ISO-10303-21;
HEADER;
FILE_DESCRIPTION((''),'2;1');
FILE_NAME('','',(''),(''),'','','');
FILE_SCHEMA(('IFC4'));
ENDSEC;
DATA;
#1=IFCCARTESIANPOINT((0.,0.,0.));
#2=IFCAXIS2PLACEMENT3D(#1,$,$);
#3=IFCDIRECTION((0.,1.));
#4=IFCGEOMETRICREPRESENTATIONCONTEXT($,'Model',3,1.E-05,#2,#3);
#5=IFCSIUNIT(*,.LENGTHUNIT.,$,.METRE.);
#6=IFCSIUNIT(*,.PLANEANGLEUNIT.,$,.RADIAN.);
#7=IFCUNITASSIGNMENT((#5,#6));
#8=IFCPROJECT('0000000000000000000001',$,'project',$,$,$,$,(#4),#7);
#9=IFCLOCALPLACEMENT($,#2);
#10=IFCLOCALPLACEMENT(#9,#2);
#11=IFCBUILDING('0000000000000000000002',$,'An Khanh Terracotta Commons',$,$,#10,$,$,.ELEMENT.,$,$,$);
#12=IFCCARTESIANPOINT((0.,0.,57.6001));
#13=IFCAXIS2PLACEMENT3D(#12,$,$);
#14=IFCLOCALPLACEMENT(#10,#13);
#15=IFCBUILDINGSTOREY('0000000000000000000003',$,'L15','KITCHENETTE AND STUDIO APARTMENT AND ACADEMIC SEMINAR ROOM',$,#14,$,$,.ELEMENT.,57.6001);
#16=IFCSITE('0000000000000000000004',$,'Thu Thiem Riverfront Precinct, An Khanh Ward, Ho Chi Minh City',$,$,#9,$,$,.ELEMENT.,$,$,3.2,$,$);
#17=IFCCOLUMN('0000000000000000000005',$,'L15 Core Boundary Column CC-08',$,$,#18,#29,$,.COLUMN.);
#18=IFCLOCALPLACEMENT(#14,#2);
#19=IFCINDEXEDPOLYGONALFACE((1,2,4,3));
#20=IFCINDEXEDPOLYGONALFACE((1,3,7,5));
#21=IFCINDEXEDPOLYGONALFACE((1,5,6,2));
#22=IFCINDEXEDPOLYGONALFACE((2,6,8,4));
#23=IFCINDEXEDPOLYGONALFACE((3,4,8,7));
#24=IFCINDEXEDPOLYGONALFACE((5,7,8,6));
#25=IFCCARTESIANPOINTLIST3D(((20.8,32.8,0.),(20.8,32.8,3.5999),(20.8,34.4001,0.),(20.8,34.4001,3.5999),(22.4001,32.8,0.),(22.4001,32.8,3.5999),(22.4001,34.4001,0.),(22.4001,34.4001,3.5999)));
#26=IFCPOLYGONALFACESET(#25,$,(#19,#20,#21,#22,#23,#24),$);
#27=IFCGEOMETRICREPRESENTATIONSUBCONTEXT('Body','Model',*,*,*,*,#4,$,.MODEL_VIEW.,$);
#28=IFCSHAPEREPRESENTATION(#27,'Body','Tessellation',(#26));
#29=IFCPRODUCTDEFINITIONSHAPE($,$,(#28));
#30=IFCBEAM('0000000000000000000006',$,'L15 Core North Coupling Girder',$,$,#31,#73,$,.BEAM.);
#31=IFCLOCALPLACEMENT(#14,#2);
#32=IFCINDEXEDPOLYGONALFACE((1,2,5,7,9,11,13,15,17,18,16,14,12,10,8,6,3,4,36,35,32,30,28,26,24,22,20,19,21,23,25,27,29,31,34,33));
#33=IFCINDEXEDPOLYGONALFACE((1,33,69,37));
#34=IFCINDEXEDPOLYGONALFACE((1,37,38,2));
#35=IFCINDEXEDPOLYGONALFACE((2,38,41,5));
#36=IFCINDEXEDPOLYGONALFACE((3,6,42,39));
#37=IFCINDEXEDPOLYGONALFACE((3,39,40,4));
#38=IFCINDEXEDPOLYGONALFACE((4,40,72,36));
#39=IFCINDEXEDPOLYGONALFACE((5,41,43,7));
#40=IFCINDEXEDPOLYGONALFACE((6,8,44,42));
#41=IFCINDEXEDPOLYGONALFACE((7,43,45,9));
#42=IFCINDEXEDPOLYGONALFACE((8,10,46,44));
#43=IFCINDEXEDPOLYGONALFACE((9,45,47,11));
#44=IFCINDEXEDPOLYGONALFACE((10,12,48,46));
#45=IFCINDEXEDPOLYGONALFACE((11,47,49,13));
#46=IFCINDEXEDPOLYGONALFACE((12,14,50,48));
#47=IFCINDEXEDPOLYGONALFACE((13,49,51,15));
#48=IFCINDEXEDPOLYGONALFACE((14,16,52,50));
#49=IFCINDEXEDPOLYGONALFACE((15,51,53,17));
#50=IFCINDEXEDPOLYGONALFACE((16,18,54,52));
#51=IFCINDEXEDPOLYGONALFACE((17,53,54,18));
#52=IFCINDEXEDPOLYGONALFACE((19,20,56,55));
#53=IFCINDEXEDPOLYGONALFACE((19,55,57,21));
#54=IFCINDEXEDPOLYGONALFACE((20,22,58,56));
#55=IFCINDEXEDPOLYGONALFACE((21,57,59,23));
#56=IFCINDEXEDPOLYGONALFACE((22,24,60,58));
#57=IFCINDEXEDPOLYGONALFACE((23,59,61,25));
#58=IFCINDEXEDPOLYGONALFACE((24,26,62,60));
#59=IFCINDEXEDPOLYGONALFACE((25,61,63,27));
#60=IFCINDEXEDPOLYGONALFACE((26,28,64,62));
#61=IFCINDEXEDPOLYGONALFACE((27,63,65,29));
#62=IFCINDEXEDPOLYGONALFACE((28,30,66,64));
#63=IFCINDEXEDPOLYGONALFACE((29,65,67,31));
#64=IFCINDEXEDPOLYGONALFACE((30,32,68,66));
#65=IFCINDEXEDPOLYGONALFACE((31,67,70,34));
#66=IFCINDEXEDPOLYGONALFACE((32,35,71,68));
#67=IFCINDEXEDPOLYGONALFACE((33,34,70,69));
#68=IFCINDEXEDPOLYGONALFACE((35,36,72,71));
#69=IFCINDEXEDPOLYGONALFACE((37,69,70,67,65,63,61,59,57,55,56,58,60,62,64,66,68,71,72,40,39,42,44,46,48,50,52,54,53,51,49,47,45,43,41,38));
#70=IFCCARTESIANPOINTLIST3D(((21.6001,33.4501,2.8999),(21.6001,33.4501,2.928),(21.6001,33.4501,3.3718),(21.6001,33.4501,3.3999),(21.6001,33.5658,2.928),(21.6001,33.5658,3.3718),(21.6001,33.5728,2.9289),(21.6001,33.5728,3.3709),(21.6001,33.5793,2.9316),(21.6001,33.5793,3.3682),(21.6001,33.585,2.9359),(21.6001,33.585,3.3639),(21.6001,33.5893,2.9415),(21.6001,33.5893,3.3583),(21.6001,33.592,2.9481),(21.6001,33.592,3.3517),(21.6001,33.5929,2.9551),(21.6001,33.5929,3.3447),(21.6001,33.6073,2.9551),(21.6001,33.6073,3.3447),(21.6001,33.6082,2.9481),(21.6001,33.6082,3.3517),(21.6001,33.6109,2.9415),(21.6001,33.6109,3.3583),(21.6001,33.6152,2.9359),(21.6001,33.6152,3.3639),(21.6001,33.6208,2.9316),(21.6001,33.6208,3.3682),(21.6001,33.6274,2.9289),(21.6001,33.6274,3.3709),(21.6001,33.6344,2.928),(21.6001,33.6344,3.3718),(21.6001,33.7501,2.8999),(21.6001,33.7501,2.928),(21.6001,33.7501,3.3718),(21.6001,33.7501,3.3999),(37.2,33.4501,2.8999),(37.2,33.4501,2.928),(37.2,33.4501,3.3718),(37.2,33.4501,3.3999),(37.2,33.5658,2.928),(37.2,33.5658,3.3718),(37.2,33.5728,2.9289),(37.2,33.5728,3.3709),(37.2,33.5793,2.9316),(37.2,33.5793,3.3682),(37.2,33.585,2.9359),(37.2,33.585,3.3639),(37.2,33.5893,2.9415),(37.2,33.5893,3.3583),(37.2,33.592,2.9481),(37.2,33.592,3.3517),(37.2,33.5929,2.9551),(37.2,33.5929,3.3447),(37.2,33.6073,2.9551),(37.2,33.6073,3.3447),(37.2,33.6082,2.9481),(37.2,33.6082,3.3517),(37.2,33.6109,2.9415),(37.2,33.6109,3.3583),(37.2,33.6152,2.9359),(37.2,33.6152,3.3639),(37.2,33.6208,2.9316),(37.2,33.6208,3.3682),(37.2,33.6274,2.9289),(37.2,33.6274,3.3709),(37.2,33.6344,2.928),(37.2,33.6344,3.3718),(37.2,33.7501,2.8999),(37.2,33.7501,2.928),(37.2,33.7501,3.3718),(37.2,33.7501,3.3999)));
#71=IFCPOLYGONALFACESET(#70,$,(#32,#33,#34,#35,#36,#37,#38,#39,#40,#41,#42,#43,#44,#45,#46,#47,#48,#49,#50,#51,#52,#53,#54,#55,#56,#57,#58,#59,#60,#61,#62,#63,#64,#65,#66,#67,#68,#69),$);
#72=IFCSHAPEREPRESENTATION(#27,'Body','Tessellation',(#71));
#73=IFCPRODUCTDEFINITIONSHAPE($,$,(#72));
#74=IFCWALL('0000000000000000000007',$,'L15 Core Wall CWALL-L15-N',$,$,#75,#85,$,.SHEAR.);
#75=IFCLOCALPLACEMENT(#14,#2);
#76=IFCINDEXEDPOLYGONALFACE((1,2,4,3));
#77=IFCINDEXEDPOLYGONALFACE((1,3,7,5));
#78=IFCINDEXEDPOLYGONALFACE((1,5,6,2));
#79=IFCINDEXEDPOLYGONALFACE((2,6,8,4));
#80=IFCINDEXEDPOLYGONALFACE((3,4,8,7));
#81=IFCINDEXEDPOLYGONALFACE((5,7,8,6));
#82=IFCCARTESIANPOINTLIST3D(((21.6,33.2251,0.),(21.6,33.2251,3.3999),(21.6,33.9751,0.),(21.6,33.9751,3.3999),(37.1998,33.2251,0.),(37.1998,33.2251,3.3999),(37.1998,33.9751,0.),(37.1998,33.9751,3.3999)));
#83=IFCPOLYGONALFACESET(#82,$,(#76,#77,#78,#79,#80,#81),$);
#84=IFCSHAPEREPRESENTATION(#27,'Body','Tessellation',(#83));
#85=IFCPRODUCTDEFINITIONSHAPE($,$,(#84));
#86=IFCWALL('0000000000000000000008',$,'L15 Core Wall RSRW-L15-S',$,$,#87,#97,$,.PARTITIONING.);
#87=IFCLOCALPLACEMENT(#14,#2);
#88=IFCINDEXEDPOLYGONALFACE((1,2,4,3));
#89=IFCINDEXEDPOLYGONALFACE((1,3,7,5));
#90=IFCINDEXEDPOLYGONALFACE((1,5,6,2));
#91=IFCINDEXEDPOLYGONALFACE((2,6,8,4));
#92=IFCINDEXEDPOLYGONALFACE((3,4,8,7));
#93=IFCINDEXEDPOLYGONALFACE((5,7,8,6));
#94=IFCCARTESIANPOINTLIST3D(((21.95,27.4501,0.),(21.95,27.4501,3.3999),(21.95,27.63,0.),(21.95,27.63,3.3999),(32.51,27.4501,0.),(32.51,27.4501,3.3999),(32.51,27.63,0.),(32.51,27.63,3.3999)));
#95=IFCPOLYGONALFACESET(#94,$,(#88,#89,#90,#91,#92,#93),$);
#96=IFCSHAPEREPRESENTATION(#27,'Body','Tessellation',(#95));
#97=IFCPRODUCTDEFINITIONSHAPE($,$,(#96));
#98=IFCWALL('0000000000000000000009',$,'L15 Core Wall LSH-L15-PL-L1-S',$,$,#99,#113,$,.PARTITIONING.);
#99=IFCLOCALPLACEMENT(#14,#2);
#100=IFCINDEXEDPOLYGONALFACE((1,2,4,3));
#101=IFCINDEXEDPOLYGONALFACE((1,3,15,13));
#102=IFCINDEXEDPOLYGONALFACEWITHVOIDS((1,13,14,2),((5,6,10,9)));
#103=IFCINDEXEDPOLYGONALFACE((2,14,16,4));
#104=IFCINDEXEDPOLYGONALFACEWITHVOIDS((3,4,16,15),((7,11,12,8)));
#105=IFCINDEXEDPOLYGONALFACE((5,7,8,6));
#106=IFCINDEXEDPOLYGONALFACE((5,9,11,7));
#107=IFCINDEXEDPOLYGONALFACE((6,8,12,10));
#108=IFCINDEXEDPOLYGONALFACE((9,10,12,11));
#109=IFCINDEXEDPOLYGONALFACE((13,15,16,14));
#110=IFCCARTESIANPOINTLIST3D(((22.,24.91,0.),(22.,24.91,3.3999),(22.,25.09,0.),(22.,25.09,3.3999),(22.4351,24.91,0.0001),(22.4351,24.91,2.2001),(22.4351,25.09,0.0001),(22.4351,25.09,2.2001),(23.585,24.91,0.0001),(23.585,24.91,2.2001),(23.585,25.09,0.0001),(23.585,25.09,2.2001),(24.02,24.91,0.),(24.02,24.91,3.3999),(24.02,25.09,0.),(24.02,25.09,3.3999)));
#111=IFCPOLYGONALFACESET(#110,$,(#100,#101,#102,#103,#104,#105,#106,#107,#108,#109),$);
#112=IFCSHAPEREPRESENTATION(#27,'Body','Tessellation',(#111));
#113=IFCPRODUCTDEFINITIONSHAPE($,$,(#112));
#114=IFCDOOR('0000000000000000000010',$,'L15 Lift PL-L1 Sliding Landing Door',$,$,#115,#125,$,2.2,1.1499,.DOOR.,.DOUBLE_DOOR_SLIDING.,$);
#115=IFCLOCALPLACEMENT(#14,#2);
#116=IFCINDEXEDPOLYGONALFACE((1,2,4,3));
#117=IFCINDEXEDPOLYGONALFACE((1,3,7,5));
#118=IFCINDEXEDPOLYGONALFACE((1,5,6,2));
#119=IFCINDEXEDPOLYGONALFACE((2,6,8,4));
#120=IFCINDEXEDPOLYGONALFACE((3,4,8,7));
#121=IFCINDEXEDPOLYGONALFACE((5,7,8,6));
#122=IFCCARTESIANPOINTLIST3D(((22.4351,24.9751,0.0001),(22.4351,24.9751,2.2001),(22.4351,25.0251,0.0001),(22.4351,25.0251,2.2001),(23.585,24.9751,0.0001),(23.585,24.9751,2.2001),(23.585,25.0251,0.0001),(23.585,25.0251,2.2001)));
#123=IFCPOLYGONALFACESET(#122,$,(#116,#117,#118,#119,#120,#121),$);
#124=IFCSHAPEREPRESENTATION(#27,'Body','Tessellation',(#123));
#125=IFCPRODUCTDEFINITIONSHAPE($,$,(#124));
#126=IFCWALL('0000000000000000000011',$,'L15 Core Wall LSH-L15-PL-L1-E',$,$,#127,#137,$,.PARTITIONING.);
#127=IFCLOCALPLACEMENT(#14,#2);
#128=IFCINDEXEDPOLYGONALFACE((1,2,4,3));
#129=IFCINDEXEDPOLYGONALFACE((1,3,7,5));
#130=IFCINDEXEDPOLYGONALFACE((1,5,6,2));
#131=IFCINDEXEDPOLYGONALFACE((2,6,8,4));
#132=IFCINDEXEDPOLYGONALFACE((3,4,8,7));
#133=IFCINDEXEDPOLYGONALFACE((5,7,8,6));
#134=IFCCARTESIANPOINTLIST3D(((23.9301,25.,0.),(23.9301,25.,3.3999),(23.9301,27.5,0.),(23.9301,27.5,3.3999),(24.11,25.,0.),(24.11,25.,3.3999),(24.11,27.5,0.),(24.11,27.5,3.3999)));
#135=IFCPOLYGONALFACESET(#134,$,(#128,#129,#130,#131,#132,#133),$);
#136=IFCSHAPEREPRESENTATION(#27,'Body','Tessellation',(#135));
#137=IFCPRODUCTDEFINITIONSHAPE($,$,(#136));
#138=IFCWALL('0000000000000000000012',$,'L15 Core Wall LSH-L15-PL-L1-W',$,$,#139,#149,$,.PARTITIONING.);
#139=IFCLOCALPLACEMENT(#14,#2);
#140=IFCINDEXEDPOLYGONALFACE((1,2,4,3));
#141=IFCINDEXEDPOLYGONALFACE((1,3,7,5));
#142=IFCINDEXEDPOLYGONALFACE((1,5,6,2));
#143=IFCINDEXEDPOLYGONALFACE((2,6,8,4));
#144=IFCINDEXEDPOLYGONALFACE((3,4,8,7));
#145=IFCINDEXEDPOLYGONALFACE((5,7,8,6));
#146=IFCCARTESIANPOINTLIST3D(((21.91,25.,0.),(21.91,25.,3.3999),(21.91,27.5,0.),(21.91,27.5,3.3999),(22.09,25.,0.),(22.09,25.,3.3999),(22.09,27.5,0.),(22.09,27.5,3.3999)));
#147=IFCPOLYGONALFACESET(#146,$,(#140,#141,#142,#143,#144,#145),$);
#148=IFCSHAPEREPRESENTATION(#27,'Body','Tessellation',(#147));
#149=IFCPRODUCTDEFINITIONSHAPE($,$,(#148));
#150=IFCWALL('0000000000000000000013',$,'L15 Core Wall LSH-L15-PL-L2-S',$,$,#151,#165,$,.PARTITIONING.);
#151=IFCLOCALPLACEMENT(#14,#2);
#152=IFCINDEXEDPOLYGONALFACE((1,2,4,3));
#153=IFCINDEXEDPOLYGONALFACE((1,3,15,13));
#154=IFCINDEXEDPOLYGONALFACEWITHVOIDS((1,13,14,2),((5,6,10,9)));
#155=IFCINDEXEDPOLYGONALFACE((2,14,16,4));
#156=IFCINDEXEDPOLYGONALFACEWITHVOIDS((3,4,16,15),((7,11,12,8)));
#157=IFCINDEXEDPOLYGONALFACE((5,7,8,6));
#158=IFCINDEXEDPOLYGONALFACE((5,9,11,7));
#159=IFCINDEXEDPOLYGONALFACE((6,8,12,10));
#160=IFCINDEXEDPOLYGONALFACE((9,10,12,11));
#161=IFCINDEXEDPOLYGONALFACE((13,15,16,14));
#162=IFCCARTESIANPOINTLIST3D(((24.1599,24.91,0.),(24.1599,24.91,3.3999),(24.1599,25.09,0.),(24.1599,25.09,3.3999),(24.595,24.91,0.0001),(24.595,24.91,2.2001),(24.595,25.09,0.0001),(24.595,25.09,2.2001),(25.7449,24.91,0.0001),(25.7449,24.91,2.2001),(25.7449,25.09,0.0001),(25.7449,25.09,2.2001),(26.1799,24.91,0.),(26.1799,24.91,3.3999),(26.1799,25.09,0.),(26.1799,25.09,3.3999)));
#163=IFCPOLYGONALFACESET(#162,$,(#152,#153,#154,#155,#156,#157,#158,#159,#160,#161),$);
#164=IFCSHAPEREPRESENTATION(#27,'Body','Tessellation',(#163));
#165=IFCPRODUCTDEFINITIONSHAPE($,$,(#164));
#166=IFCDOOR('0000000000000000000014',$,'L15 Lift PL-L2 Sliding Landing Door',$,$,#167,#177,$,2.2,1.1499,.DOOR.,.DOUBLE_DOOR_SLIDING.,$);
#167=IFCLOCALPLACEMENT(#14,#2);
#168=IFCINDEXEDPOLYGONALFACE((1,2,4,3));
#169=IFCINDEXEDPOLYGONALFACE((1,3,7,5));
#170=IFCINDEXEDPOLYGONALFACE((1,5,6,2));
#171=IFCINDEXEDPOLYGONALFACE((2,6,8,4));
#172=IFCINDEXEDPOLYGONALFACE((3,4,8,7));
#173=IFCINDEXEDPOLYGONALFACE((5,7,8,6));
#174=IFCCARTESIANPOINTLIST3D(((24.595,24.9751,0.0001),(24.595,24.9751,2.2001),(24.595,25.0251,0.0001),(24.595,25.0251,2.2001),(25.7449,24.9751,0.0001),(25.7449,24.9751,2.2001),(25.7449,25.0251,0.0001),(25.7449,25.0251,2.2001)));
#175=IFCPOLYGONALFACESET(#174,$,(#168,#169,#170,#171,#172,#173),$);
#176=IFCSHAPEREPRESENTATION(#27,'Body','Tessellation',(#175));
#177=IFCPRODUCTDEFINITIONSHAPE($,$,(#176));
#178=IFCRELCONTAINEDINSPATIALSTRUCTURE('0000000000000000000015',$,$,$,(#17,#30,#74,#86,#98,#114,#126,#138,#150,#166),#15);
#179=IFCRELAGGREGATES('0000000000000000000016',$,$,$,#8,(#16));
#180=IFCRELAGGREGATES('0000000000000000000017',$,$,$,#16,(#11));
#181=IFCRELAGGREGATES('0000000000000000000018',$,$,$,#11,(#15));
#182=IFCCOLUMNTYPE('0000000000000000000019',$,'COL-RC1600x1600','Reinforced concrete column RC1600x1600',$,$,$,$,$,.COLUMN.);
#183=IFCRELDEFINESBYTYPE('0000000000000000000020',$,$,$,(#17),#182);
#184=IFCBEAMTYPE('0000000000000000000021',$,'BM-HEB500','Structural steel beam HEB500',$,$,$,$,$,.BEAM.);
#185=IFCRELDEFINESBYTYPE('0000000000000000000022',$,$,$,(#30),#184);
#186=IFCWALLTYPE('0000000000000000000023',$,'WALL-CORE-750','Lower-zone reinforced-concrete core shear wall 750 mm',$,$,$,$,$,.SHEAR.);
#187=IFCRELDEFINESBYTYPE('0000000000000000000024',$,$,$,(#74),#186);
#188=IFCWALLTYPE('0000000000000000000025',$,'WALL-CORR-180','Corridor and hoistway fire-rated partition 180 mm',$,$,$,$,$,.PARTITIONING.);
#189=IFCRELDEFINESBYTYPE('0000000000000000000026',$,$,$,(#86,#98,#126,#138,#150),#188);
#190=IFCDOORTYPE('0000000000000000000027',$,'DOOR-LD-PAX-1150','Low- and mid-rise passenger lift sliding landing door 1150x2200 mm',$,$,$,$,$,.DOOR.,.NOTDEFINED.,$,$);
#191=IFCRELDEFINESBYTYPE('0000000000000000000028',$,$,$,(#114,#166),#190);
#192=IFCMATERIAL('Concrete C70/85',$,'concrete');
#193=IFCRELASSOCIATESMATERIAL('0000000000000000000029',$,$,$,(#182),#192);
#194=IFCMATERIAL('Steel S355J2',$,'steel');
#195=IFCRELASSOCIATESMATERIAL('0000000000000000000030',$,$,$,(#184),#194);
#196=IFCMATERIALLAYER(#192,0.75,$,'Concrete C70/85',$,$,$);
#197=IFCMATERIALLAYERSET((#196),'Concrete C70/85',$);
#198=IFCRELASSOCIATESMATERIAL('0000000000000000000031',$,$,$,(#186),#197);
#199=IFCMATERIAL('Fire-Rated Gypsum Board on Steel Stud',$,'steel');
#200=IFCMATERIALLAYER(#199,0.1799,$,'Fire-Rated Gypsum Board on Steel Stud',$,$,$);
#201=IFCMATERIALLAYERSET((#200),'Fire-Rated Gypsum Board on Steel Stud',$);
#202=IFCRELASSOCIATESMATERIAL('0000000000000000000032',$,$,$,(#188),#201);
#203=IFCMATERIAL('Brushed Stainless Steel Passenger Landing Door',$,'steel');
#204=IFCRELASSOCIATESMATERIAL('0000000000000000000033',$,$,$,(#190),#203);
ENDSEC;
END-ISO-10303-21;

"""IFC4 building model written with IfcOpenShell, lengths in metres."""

from ifc_helpers import new_model, si_unit, direction, frame, frame_2d, origin, origin_2d, place, context, subcontext, project, spatial, rectangle, i_section, extrude, material, layer, layer_set, material_profile, profile_set, type_object, element, fill, save


model = new_model("IFC4")

# Units and contexts
model_context = context("Model", 3, precision=1e-05, world=origin(), true_north=direction((0.0, 1.0)))
body_context = subcontext(model_context, "Body", "Model", "MODEL_VIEW")
ifc_project = project(units=[si_unit("LENGTHUNIT", "METRE"), si_unit("PLANEANGLEUNIT", "RADIAN")], contexts=[model_context])

# Site, building, storey
site_placement = place(None, origin())
site = spatial("IfcSite", under=ifc_project, at=site_placement, Name="Thu Thiem Riverfront Precinct, An Khanh Ward, Ho Chi Minh City", CompositionType="ELEMENT", RefElevation=3.2)
building_placement = place(site_placement, origin())
building = spatial("IfcBuilding", under=site, at=building_placement, Name="An Khanh Terracotta Commons", CompositionType="ELEMENT")
storey_placement = place(building_placement, frame((0.0, 0.0, 57.6001)))
storey = spatial("IfcBuildingStorey", under=building, at=storey_placement, Name="L15", Description="KITCHENETTE AND STUDIO APARTMENT AND ACADEMIC SEMINAR ROOM", CompositionType="ELEMENT", Elevation=57.6001)

# Column
ifc_material_1 = material(Name="Concrete C70/85", Category="concrete")
ifc_material_profile_1 = material_profile(ifc_material_1, rectangle(XDim=1.6001, YDim=1.6001, at=origin_2d()), Name="RC1600x1600")
ifc_profile_set_1 = profile_set([ifc_material_profile_1], Name="Concrete C70/85")
column_type = type_object("IfcColumnType", Name="COL-RC1600x1600", Description="Reinforced concrete column RC1600x1600", PredefinedType="COLUMN", material=ifc_profile_set_1)
column_placement = place(storey_placement, frame((21.6001, 33.6001, 0.0), z_axis=(0.0, 0.0, 1.0), x_axis=(1.0, 0.0, 0.0)))
element("IfcColumn", 1, at=column_placement, inside=storey, type_object=column_type, Name="L15 Core Boundary Column CC-08", PredefinedType="COLUMN", context=body_context, shape_type="SweptSolid", body=[
    extrude(rectangle(XDim=1.6001, YDim=1.6001, at=origin_2d()), origin(), (0.0, 0.0, 1.0), 3.5999),
])

# Beam
ifc_material_2 = material(Name="Steel S355J2", Category="steel")
ifc_material_profile_2 = material_profile(ifc_material_2, i_section(OverallWidth=0.3, OverallDepth=0.5, WebThickness=0.0144, FlangeThickness=0.0281, FilletRadius=0.0271, at=origin_2d()), Name="HEB500")
ifc_profile_set_2 = profile_set([ifc_material_profile_2], Name="Steel S355J2")
beam_type = type_object("IfcBeamType", Name="BM-HEB500", Description="Structural steel beam HEB500", PredefinedType="BEAM", material=ifc_profile_set_2)
beam_placement = place(storey_placement, frame((21.6001, 33.6001, 3.1499), z_axis=(1.0, 0.0, 0.0), x_axis=(0.0, 1.0, 0.0)))
element("IfcBeam", 2, at=beam_placement, inside=storey, type_object=beam_type, Name="L15 Core North Coupling Girder", PredefinedType="BEAM", context=body_context, shape_type="SweptSolid", body=[
    extrude(i_section(OverallWidth=0.3, OverallDepth=0.5, WebThickness=0.0144, FlangeThickness=0.0281, FilletRadius=0.0271, at=origin_2d()), origin(), (0.0, 0.0, 1.0), 15.5999),
])

# Walls
ifc_layer_1 = layer(ifc_material_1, 0.75, Name="Concrete C70/85")
ifc_layer_set_1 = layer_set([ifc_layer_1], Name="Concrete C70/85")
wall_type_1 = type_object("IfcWallType", Name="WALL-CORE-750", Description="Lower-zone reinforced-concrete core shear wall 750 mm", PredefinedType="SHEAR", material=ifc_layer_set_1)
wall_1_placement = place(storey_placement, frame((21.6001, 33.6001, 0.0), z_axis=(0.0, 0.0, 1.0), x_axis=(1.0, 0.0, 0.0)))
element("IfcWall", 3, at=wall_1_placement, inside=storey, type_object=wall_type_1, Name="L15 Core Wall CWALL-L15-N", PredefinedType="SHEAR", context=body_context, shape_type="SweptSolid", body=[
    extrude(rectangle(XDim=15.5999, YDim=0.75, at=frame_2d((7.7998, 0.0))), origin(), (0.0, 0.0, 1.0), 3.3999),
])
ifc_material_3 = material(Name="Fire-Rated Gypsum Board on Steel Stud", Category="steel")
ifc_layer_2 = layer(ifc_material_3, 0.1799, Name="Fire-Rated Gypsum Board on Steel Stud")
ifc_layer_set_2 = layer_set([ifc_layer_2], Name="Fire-Rated Gypsum Board on Steel Stud")
wall_type_2 = type_object("IfcWallType", Name="WALL-CORR-180", Description="Corridor and hoistway fire-rated partition 180 mm", PredefinedType="PARTITIONING", material=ifc_layer_set_2)
wall_2_placement = place(storey_placement, frame((21.95, 27.54, 0.0), z_axis=(0.0, 0.0, 1.0), x_axis=(1.0, 0.0, 0.0)))
element("IfcWall", 4, at=wall_2_placement, inside=storey, type_object=wall_type_2, Name="L15 Core Wall RSRW-L15-S", PredefinedType="PARTITIONING", context=body_context, shape_type="SweptSolid", body=[
    extrude(rectangle(XDim=10.5601, YDim=0.1799, at=frame_2d((5.28, 0.0))), origin(), (0.0, 0.0, 1.0), 3.3999),
])

# Wall, opening, door
wall_3_placement = place(storey_placement, frame((24.02, 25.0, 0.0), z_axis=(0.0, 0.0, 1.0), x_axis=(-1.0, 0.0, 0.0)))
wall_3 = element("IfcWall", 5, at=wall_3_placement, inside=storey, type_object=wall_type_2, Name="L15 Core Wall LSH-L15-PL-L1-S", PredefinedType="PARTITIONING", context=body_context, shape_type="SweptSolid", body=[
    extrude(rectangle(XDim=2.02, YDim=0.1799, at=frame_2d((1.01, 0.0))), origin(), (0.0, 0.0, 1.0), 3.3999),
])
opening_1_placement = place(wall_3_placement, frame((0.4351, 0.0, 0.0)))
opening_1 = element("IfcOpeningElement", 6, at=opening_1_placement, cuts=wall_3, PredefinedType="OPENING", context=body_context, shape_type="SweptSolid", body=[
    extrude(rectangle(XDim=1.1499, YDim=2.2, at=frame_2d((0.575, 1.1001))), frame((0.0, 0.0999, 0.0), z_axis=(0.0, -1.0, 0.0), x_axis=(1.0, 0.0, 0.0)), (0.0, 0.0, 1.0), 0.2),
])
ifc_material_4 = material(Name="Brushed Stainless Steel Passenger Landing Door", Category="steel")
door_type_1 = type_object("IfcDoorType", Name="DOOR-LD-PAX-1150", Description="Low- and mid-rise passenger lift sliding landing door 1150x2200 mm", OperationType="NOTDEFINED", PredefinedType="DOOR", material=ifc_material_4)
door_1_placement = place(opening_1_placement, origin())
door_1 = element("IfcDoor", 7, at=door_1_placement, inside=storey, type_object=door_type_1, Name="L15 Lift PL-L1 Sliding Landing Door", OperationType="DOUBLE_DOOR_SLIDING", OverallHeight=2.2, OverallWidth=1.1499, PredefinedType="DOOR", context=body_context, shape_type="SweptSolid", body=[
    extrude(rectangle(XDim=1.1499, YDim=2.2, at=frame_2d((0.575, 1.1001))), frame((0.0, 0.0249, 0.0), z_axis=(0.0, -1.0, 0.0), x_axis=(1.0, 0.0, 0.0)), (0.0, 0.0, 1.0), 0.05),
])
fill(opening_1, door_1)

# Walls
for number, where, z_axis, x_axis, name in (
    (8, (24.02, 25.0, 0.0), (0.0, 0.0, 1.0), (0.0, 1.0, 0.0), "L15 Core Wall LSH-L15-PL-L1-E"),
    (9, (22.0, 27.5, 0.0), (0.0, 0.0, 1.0), (0.0, -1.0, 0.0), "L15 Core Wall LSH-L15-PL-L1-W"),
):
    element("IfcWall", number, at=place(storey_placement, frame(where, z_axis=z_axis, x_axis=x_axis)), inside=storey, type_object=wall_type_2, Name=name, PredefinedType="PARTITIONING", context=body_context, shape_type="SweptSolid", body=[
        extrude(rectangle(XDim=2.5, YDim=0.1799, at=frame_2d((1.25, 0.0))), origin(), (0.0, 0.0, 1.0), 3.3999),
    ])

# Wall, opening, door
wall_4_placement = place(storey_placement, frame((26.1799, 25.0, 0.0), z_axis=(0.0, 0.0, 1.0), x_axis=(-1.0, 0.0, 0.0)))
wall_4 = element("IfcWall", 10, at=wall_4_placement, inside=storey, type_object=wall_type_2, Name="L15 Core Wall LSH-L15-PL-L2-S", PredefinedType="PARTITIONING", context=body_context, shape_type="SweptSolid", body=[
    extrude(rectangle(XDim=2.02, YDim=0.1799, at=frame_2d((1.01, 0.0))), origin(), (0.0, 0.0, 1.0), 3.3999),
])
opening_2_placement = place(wall_4_placement, frame((0.4351, 0.0, 0.0)))
opening_2 = element("IfcOpeningElement", 11, at=opening_2_placement, cuts=wall_4, PredefinedType="OPENING", context=body_context, shape_type="SweptSolid", body=[
    extrude(rectangle(XDim=1.1499, YDim=2.2, at=frame_2d((0.575, 1.1001))), frame((0.0, 0.0999, 0.0), z_axis=(0.0, -1.0, 0.0), x_axis=(1.0, 0.0, 0.0)), (0.0, 0.0, 1.0), 0.2),
])
door_2_placement = place(opening_2_placement, origin())
door_2 = element("IfcDoor", 12, at=door_2_placement, inside=storey, type_object=door_type_1, Name="L15 Lift PL-L2 Sliding Landing Door", OperationType="DOUBLE_DOOR_SLIDING", OverallHeight=2.2, OverallWidth=1.1499, PredefinedType="DOOR", context=body_context, shape_type="SweptSolid", body=[
    extrude(rectangle(XDim=1.1499, YDim=2.2, at=frame_2d((0.575, 1.1001))), frame((0.0, 0.0249, 0.0), z_axis=(0.0, -1.0, 0.0), x_axis=(1.0, 0.0, 0.0)), (0.0, 0.0, 1.0), 0.05),
])
fill(opening_2, door_2)

save(model, "model.ifc")
